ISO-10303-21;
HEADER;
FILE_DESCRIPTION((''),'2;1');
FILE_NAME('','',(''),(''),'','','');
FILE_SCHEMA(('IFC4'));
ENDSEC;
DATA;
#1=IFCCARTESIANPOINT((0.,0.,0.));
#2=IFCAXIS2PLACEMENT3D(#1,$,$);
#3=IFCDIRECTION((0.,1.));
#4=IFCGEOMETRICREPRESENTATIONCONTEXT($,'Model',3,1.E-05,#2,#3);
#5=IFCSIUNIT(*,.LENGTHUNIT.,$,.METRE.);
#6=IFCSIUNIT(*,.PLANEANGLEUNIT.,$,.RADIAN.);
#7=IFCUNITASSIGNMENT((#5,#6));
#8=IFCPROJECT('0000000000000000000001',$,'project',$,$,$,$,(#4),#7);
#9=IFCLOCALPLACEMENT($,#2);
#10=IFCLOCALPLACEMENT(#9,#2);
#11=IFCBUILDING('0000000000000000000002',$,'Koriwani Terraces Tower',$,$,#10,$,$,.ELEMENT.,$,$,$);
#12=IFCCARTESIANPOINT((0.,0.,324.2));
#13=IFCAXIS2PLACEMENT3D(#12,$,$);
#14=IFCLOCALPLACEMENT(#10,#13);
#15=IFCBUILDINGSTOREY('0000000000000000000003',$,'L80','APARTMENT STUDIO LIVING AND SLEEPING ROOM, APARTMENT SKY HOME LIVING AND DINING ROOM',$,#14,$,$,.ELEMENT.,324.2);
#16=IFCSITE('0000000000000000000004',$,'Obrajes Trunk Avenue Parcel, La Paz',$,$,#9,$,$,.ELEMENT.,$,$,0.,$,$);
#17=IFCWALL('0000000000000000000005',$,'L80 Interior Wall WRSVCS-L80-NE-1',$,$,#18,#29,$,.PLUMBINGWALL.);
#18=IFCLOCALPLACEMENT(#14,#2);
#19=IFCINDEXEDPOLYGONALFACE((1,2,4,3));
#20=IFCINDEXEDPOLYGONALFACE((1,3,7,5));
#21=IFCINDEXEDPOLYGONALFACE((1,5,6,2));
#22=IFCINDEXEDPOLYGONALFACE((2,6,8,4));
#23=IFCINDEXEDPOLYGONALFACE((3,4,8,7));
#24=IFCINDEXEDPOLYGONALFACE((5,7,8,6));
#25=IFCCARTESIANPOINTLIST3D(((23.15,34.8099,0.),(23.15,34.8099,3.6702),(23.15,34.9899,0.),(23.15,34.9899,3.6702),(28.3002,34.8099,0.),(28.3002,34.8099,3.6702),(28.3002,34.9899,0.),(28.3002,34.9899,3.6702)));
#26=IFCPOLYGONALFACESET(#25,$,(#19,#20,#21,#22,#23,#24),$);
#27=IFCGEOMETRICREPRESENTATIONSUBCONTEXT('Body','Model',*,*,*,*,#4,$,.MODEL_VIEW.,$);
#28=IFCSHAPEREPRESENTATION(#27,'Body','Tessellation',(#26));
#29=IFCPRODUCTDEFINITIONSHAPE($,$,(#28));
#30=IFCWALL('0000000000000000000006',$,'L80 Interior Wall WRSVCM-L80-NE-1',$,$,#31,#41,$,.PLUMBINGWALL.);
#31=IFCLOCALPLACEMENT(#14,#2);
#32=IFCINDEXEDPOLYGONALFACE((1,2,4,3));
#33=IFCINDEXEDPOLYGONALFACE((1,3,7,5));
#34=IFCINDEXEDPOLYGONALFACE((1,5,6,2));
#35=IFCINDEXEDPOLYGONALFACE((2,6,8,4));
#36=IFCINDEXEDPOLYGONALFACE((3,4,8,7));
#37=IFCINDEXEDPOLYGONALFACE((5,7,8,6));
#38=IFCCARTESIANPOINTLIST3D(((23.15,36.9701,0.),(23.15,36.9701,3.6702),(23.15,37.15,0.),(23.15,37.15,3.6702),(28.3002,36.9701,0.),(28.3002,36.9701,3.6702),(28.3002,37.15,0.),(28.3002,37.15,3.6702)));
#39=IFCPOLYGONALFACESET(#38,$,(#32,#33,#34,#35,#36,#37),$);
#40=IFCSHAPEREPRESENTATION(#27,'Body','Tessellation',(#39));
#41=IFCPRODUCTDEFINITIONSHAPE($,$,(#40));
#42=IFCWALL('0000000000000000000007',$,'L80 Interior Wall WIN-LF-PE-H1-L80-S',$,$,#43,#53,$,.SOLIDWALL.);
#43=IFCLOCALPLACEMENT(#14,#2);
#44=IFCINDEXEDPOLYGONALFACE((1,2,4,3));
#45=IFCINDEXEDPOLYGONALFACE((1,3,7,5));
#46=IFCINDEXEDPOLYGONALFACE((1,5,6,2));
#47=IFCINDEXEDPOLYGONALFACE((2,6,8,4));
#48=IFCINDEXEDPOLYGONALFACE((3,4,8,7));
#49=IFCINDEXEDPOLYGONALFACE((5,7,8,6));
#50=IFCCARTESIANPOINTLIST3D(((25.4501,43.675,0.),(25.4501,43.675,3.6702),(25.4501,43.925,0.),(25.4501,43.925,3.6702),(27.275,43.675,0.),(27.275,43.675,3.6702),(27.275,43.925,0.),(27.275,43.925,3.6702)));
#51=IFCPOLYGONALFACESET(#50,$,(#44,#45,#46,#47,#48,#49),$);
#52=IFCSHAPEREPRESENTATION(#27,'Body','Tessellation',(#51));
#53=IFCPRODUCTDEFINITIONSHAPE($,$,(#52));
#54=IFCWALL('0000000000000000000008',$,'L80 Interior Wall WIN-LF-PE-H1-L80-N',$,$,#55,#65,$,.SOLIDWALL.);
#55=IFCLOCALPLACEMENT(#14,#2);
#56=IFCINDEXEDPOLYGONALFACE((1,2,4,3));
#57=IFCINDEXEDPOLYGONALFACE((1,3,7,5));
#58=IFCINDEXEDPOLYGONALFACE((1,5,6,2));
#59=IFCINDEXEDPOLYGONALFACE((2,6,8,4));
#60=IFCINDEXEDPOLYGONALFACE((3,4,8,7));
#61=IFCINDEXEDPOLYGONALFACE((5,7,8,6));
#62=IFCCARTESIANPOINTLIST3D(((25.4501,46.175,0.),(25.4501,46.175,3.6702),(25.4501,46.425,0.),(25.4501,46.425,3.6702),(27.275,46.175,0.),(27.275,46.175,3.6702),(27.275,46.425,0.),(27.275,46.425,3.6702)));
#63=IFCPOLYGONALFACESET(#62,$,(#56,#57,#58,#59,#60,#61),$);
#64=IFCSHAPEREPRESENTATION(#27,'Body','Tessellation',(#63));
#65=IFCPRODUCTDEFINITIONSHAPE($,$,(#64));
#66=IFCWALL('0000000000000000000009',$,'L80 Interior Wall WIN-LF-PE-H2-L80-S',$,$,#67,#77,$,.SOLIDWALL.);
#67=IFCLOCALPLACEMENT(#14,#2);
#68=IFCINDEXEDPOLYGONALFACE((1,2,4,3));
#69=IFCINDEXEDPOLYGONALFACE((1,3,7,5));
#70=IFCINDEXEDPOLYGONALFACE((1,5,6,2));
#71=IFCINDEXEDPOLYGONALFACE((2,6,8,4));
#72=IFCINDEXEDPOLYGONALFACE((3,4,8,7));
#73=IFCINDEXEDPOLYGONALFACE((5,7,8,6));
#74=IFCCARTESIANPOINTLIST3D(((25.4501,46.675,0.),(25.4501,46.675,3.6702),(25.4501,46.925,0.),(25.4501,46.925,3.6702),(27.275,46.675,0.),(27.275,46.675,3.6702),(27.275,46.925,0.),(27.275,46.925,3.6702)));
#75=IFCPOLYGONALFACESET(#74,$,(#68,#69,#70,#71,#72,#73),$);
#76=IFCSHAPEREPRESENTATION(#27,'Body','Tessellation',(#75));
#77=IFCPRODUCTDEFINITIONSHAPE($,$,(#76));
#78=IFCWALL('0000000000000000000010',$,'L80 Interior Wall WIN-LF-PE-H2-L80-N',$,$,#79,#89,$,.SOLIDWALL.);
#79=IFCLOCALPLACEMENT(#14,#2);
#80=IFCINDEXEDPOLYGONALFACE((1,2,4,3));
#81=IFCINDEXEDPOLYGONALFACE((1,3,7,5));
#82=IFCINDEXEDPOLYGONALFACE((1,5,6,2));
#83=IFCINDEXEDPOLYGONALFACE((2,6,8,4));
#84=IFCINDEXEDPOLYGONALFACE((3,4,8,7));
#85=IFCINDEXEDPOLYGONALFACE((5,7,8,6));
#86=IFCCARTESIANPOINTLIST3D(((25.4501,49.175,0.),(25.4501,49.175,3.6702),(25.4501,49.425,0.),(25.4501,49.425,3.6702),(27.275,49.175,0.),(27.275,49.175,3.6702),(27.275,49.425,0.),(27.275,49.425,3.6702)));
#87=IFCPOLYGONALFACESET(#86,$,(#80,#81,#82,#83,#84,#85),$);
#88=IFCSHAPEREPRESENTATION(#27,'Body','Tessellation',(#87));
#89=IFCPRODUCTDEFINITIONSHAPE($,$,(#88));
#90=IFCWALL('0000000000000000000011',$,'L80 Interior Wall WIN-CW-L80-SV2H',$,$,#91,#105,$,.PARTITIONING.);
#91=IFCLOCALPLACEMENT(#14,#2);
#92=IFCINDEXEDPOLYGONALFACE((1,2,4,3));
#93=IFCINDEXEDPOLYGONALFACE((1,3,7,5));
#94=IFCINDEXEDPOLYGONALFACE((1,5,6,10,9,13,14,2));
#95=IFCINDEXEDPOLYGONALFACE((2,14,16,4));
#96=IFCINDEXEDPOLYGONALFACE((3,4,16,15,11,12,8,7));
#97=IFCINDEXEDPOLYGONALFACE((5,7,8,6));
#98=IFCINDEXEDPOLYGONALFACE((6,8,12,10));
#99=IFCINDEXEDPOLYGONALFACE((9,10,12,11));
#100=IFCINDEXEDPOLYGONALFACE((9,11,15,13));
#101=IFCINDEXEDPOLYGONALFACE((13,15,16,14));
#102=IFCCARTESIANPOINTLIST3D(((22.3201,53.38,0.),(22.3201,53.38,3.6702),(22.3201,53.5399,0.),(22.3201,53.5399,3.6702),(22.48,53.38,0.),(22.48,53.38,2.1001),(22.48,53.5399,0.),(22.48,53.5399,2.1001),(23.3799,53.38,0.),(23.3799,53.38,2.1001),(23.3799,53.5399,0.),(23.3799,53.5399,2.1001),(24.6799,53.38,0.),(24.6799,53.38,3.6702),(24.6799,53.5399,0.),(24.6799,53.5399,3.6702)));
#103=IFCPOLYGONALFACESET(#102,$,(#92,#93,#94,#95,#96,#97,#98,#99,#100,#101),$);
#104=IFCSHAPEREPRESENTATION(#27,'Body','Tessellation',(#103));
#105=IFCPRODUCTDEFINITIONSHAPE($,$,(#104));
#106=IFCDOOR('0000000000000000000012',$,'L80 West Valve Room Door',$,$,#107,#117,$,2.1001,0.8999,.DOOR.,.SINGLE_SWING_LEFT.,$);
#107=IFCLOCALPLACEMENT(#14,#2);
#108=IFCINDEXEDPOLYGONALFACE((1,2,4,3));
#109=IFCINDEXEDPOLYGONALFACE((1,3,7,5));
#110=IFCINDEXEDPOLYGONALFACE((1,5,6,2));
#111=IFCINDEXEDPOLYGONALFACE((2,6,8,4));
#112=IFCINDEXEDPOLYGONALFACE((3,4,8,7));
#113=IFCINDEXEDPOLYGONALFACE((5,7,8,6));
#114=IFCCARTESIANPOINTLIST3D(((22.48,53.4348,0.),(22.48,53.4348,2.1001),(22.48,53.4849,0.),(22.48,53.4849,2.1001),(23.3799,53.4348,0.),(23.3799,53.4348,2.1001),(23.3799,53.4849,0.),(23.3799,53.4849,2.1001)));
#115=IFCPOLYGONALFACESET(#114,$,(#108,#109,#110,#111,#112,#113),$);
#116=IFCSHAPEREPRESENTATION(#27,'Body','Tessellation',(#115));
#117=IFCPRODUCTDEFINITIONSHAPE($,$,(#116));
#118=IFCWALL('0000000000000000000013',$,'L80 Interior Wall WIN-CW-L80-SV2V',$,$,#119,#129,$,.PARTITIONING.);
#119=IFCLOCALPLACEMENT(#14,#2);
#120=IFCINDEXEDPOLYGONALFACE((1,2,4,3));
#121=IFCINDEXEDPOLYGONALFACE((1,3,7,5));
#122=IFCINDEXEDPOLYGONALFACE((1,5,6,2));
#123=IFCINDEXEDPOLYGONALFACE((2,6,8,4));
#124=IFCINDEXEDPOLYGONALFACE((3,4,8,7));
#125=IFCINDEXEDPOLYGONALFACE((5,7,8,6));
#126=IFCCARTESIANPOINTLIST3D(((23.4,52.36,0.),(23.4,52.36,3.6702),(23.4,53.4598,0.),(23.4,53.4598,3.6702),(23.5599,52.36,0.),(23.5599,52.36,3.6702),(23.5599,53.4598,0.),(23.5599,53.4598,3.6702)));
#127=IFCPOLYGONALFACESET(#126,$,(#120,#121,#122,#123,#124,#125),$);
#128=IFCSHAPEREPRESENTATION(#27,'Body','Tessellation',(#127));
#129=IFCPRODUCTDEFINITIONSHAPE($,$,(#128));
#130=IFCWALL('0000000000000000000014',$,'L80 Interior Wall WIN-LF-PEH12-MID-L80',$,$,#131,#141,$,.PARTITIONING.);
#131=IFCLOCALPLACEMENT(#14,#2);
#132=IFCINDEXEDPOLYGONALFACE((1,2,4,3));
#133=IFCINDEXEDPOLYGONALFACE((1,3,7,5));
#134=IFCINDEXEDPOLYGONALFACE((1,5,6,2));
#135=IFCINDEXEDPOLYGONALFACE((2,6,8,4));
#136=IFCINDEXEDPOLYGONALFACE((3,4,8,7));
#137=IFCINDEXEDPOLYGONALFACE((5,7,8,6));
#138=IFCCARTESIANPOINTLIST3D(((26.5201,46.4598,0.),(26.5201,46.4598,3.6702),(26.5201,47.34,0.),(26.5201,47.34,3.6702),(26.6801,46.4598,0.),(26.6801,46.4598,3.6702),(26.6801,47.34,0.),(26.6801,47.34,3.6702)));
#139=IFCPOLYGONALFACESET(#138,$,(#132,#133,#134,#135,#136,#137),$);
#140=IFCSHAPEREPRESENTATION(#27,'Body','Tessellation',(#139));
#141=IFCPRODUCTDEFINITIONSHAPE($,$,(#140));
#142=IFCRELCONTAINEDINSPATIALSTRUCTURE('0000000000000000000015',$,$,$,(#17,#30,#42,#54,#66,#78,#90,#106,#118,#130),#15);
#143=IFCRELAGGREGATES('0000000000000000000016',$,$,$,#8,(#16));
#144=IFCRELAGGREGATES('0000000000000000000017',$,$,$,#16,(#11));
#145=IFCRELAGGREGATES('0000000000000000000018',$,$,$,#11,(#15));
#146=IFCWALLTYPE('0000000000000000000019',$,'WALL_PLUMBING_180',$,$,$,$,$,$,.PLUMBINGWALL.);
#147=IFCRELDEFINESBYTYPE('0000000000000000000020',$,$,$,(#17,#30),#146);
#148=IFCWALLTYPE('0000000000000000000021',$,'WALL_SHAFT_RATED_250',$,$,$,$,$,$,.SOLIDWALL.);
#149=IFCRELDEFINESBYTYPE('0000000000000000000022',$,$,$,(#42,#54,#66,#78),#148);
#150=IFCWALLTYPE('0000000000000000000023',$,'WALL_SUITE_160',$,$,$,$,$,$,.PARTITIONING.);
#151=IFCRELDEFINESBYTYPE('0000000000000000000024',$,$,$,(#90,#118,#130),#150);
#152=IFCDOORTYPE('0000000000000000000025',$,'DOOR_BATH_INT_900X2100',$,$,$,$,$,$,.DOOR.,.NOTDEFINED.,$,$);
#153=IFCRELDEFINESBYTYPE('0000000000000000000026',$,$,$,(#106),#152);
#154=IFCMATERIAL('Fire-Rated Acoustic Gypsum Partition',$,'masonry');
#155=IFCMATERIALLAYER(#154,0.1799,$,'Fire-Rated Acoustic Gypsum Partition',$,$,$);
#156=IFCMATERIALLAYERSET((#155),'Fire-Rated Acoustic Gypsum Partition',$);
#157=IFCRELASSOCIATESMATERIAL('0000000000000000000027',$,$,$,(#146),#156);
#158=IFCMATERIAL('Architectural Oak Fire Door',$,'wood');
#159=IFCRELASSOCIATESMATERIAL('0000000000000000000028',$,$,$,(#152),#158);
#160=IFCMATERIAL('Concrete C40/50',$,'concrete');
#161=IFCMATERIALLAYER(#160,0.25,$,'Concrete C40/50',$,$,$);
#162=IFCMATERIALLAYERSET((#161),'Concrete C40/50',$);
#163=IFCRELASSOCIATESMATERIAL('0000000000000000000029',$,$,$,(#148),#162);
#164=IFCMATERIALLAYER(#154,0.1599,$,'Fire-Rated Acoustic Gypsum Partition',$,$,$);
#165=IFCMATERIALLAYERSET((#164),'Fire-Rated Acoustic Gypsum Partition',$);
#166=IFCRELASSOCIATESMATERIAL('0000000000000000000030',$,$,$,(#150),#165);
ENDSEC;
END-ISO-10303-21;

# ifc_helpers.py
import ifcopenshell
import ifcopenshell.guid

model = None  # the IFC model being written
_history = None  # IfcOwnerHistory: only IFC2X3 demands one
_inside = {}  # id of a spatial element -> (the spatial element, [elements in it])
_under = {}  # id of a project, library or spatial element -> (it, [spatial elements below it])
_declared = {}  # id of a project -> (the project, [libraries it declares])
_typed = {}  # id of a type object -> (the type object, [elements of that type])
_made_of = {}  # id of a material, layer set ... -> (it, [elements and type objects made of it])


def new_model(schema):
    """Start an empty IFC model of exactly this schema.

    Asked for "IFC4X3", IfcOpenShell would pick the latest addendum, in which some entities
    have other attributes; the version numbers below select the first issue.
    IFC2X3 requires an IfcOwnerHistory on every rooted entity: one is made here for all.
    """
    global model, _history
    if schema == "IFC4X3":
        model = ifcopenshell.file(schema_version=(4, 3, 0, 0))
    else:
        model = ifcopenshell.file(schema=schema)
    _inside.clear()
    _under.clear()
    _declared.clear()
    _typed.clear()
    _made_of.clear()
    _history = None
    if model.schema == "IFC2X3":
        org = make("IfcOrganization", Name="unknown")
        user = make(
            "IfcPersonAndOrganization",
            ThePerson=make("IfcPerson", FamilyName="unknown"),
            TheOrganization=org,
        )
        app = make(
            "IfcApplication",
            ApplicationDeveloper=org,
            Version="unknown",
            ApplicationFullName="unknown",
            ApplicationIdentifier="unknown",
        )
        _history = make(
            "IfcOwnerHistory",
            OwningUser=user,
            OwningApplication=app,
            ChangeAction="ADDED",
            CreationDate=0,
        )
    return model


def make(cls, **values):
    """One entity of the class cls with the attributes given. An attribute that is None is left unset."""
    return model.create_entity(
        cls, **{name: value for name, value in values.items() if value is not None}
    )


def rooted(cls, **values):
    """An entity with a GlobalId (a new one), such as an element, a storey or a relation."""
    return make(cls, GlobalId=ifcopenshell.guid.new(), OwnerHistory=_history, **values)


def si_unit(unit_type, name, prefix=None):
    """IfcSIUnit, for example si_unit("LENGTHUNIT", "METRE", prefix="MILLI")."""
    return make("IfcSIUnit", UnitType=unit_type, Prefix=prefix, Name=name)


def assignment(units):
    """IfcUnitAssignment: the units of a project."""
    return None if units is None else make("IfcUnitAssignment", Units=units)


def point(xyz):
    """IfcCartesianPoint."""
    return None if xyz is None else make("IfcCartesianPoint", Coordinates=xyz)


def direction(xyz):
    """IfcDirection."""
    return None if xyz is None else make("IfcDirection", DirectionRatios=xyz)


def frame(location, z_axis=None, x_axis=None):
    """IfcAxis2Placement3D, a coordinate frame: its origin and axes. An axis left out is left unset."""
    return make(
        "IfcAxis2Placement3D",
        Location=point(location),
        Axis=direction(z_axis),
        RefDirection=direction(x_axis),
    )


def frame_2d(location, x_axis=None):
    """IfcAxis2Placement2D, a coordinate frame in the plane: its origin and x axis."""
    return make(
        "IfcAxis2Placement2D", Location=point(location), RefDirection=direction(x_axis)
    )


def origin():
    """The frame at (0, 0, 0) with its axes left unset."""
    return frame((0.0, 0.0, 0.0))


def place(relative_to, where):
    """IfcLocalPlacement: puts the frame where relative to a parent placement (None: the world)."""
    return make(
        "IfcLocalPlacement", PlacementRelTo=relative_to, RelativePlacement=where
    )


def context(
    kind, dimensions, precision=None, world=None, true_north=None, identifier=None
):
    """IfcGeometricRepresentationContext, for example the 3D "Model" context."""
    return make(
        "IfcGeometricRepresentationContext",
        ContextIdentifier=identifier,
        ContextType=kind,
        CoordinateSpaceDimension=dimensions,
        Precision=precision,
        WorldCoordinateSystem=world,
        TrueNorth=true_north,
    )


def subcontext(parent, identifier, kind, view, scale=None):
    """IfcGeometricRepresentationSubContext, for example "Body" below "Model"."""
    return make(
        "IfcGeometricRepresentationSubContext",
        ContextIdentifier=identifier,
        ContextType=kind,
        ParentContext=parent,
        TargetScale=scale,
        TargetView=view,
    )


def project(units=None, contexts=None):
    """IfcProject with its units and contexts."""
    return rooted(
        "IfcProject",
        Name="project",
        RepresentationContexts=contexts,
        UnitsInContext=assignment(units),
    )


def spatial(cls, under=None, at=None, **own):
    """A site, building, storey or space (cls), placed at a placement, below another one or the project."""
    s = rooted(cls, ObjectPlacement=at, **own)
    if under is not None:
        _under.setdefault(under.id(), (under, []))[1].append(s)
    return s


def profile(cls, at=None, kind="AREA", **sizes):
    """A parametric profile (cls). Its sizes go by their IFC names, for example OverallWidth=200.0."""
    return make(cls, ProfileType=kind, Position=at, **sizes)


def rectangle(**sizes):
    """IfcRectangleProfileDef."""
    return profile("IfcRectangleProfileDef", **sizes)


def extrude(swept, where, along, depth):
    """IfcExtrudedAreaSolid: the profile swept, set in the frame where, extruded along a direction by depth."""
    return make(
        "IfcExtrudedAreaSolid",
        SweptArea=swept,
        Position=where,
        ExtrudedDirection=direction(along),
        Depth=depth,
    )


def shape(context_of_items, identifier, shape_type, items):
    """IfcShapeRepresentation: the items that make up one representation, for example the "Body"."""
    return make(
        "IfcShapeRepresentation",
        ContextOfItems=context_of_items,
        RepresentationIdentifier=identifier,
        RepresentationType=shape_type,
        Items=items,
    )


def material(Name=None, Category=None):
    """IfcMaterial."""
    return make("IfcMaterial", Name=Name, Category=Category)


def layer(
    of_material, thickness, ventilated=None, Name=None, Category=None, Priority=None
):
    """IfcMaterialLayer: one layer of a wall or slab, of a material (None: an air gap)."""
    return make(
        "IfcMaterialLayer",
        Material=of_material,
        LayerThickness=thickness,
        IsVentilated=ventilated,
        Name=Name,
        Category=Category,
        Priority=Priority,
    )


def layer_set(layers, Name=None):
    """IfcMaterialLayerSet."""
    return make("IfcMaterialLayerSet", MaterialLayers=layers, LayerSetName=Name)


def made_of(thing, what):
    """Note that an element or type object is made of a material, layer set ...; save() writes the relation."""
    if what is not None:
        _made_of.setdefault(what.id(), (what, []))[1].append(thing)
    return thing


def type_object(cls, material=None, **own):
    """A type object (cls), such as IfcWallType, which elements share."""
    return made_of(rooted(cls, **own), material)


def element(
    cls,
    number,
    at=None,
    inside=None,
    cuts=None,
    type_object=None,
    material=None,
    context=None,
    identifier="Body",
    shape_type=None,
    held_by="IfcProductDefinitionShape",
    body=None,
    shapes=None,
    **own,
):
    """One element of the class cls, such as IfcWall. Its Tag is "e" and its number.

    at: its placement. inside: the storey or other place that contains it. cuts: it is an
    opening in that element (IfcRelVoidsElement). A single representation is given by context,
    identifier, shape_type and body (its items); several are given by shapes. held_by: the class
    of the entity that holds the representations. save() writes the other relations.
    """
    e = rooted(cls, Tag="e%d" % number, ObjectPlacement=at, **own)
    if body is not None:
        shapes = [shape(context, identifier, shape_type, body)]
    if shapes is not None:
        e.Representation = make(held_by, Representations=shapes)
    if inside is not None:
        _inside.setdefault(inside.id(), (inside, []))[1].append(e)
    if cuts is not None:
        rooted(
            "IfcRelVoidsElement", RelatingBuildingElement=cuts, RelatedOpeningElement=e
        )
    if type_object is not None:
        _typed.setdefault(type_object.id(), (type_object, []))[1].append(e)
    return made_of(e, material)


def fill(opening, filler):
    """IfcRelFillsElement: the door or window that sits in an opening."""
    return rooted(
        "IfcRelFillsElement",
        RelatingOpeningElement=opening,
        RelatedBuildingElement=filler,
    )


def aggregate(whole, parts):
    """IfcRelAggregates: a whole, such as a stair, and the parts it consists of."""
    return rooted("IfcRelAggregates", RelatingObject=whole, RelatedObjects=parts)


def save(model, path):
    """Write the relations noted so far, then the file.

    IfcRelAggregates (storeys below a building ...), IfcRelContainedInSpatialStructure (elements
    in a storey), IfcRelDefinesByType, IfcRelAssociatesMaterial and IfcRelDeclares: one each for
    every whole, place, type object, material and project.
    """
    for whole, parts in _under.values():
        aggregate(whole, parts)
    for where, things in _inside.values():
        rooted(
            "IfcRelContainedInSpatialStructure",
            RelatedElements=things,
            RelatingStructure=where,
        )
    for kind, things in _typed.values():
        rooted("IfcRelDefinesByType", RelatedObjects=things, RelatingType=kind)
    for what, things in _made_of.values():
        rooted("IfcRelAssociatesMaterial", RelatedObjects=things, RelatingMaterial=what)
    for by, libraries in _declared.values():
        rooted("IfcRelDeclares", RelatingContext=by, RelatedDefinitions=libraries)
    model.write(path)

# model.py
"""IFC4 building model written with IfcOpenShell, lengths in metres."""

from ifc_helpers import new_model, si_unit, direction, frame, frame_2d, origin, place, context, subcontext, project, spatial, rectangle, extrude, material, layer, layer_set, type_object, element, fill, save


model = new_model("IFC4")

# Units and contexts
model_context = context("Model", 3, precision=1e-05, world=origin(), true_north=direction((0.0, 1.0)))
body_context = subcontext(model_context, "Body", "Model", "MODEL_VIEW")
ifc_project = project(units=[si_unit("LENGTHUNIT", "METRE"), si_unit("PLANEANGLEUNIT", "RADIAN")], contexts=[model_context])

# Site, building, storey
site_placement = place(None, origin())
site = spatial("IfcSite", under=ifc_project, at=site_placement, Name="Obrajes Trunk Avenue Parcel, La Paz", CompositionType="ELEMENT", RefElevation=0.0)
building_placement = place(site_placement, origin())
building = spatial("IfcBuilding", under=site, at=building_placement, Name="Koriwani Terraces Tower", CompositionType="ELEMENT")
storey_placement = place(building_placement, frame((0.0, 0.0, 324.2)))
storey = spatial("IfcBuildingStorey", under=building, at=storey_placement, Name="L80", Description="APARTMENT STUDIO LIVING AND SLEEPING ROOM, APARTMENT SKY HOME LIVING AND DINING ROOM", CompositionType="ELEMENT", Elevation=324.2)

# Shared definitions
ifc_material_1 = material(Name="Concrete C40/50", Category="concrete")

# Shared definitions
ifc_material_2 = material(Name="Fire-Rated Acoustic Gypsum Partition", Category="masonry")
ifc_layer_1 = layer(ifc_material_2, 0.1799, Name="Fire-Rated Acoustic Gypsum Partition")
ifc_layer_set_1 = layer_set([ifc_layer_1], Name="Fire-Rated Acoustic Gypsum Partition")
wall_type_1 = type_object("IfcWallType", Name="WALL_PLUMBING_180", PredefinedType="PLUMBINGWALL", material=ifc_layer_set_1)
ifc_material_3 = material(Name="Architectural Oak Fire Door", Category="wood")
door_type_1 = type_object("IfcDoorType", Name="DOOR_BATH_INT_900X2100", OperationType="NOTDEFINED", PredefinedType="DOOR", material=ifc_material_3)

# Walls
for number, where, z_axis, x_axis, name in (
    (1, (23.1499, 34.8999, 0.0), (0.0, 0.0, 1.0), (1.0, 0.0, 0.0), "L80 Interior Wall WRSVCS-L80-NE-1"),
    (2, (23.1499, 37.0601, 0.0), (0.0, 0.0, 1.0), (1.0, 0.0, 0.0), "L80 Interior Wall WRSVCM-L80-NE-1"),
):
    element("IfcWall", number, at=place(storey_placement, frame(where, z_axis=z_axis, x_axis=x_axis)), inside=storey, type_object=wall_type_1, Name=name, PredefinedType="PLUMBINGWALL", context=body_context, shape_type="SweptSolid", body=[
        extrude(rectangle(XDim=5.1501, YDim=0.1799, at=frame_2d((2.5752, 0.0))), origin(), (0.0, 0.0, 1.0), 3.6702),
    ])

# Shared definitions
ifc_layer_2 = layer(ifc_material_1, 0.25, Name="Concrete C40/50")
ifc_layer_set_2 = layer_set([ifc_layer_2], Name="Concrete C40/50")
wall_type_2 = type_object("IfcWallType", Name="WALL_SHAFT_RATED_250", PredefinedType="SOLIDWALL", material=ifc_layer_set_2)

# Walls
for number, where, z_axis, x_axis, name in (
    (3, (25.45, 43.8, 0.0), (0.0, 0.0, 1.0), (1.0, 0.0, 0.0), "L80 Interior Wall WIN-LF-PE-H1-L80-S"),
    (4, (25.45, 46.3, 0.0), (0.0, 0.0, 1.0), (1.0, 0.0, 0.0), "L80 Interior Wall WIN-LF-PE-H1-L80-N"),
):
    element("IfcWall", number, at=place(storey_placement, frame(where, z_axis=z_axis, x_axis=x_axis)), inside=storey, type_object=wall_type_2, Name=name, PredefinedType="SOLIDWALL", context=body_context, shape_type="SweptSolid", body=[
        extrude(rectangle(XDim=1.825, YDim=0.25, at=frame_2d((0.9126, 0.0))), origin(), (0.0, 0.0, 1.0), 3.6702),
    ])

# Walls
for number, where, z_axis, x_axis, name in (
    (5, (25.45, 46.8, 0.0), (0.0, 0.0, 1.0), (1.0, 0.0, 0.0), "L80 Interior Wall WIN-LF-PE-H2-L80-S"),
    (6, (25.45, 49.3, 0.0), (0.0, 0.0, 1.0), (1.0, 0.0, 0.0), "L80 Interior Wall WIN-LF-PE-H2-L80-N"),
):
    element("IfcWall", number, at=place(storey_placement, frame(where, z_axis=z_axis, x_axis=x_axis)), inside=storey, type_object=wall_type_2, Name=name, PredefinedType="SOLIDWALL", context=body_context, shape_type="SweptSolid", body=[
        extrude(rectangle(XDim=1.825, YDim=0.25, at=frame_2d((0.9126, 0.0))), origin(), (0.0, 0.0, 1.0), 3.6702),
    ])

# Wall, opening, door
ifc_layer_3 = layer(ifc_material_2, 0.1599, Name="Fire-Rated Acoustic Gypsum Partition")
ifc_layer_set_3 = layer_set([ifc_layer_3], Name="Fire-Rated Acoustic Gypsum Partition")
wall_type_3 = type_object("IfcWallType", Name="WALL_SUITE_160", PredefinedType="PARTITIONING", material=ifc_layer_set_3)
wall_1_placement = place(storey_placement, frame((22.3201, 53.46, 0.0), z_axis=(0.0, 0.0, 1.0), x_axis=(1.0, 0.0, 0.0)))
wall_1 = element("IfcWall", 7, at=wall_1_placement, inside=storey, type_object=wall_type_3, Name="L80 Interior Wall WIN-CW-L80-SV2H", PredefinedType="PARTITIONING", context=body_context, shape_type="SweptSolid", body=[
    extrude(rectangle(XDim=2.3599, YDim=0.1599, at=frame_2d((1.1799, 0.0))), origin(), (0.0, 0.0, 1.0), 3.6702),
])
opening_1_placement = place(wall_1_placement, frame((0.1599, 0.0, 0.0)))
opening_1 = element("IfcOpeningElement", 8, at=opening_1_placement, cuts=wall_1, PredefinedType="OPENING", context=body_context, shape_type="SweptSolid", body=[
    extrude(rectangle(XDim=0.8999, YDim=2.1001, at=frame_2d((0.45, 1.05))), frame((0.0, 0.0898, 0.0), z_axis=(0.0, -1.0, 0.0), x_axis=(1.0, 0.0, 0.0)), (0.0, 0.0, 1.0), 0.1799),
])
door_1_placement = place(opening_1_placement, origin())
door_1 = element("IfcDoor", 9, at=door_1_placement, inside=storey, type_object=door_type_1, Name="L80 West Valve Room Door", OperationType="SINGLE_SWING_LEFT", OverallHeight=2.1001, OverallWidth=0.8999, PredefinedType="DOOR", context=body_context, shape_type="SweptSolid", body=[
    extrude(rectangle(XDim=0.8999, YDim=2.1001, at=frame_2d((0.45, 1.05))), frame((0.0, 0.0249, 0.0), z_axis=(0.0, -1.0, 0.0), x_axis=(1.0, 0.0, 0.0)), (0.0, 0.0, 1.0), 0.05),
])
fill(opening_1, door_1)

# Walls
wall_2_placement = place(storey_placement, frame((23.48, 52.3601, 0.0), z_axis=(0.0, 0.0, 1.0), x_axis=(0.0, 1.0, 0.0)))
element("IfcWall", 10, at=wall_2_placement, inside=storey, type_object=wall_type_3, Name="L80 Interior Wall WIN-CW-L80-SV2V", PredefinedType="PARTITIONING", context=body_context, shape_type="SweptSolid", body=[
    extrude(rectangle(XDim=1.0999, YDim=0.1599, at=frame_2d((0.5498, 0.0))), origin(), (0.0, 0.0, 1.0), 3.6702),
])
wall_3_placement = place(storey_placement, frame((26.6001, 46.46, 0.0), z_axis=(0.0, 0.0, 1.0), x_axis=(0.0, 1.0, 0.0)))
element("IfcWall", 11, at=wall_3_placement, inside=storey, type_object=wall_type_3, Name="L80 Interior Wall WIN-LF-PEH12-MID-L80", PredefinedType="PARTITIONING", context=body_context, shape_type="SweptSolid", body=[
    extrude(rectangle(XDim=0.8801, YDim=0.1599, at=frame_2d((0.4399, 0.0))), origin(), (0.0, 0.0, 1.0), 3.6702),
])

save(model, "model.ifc")
